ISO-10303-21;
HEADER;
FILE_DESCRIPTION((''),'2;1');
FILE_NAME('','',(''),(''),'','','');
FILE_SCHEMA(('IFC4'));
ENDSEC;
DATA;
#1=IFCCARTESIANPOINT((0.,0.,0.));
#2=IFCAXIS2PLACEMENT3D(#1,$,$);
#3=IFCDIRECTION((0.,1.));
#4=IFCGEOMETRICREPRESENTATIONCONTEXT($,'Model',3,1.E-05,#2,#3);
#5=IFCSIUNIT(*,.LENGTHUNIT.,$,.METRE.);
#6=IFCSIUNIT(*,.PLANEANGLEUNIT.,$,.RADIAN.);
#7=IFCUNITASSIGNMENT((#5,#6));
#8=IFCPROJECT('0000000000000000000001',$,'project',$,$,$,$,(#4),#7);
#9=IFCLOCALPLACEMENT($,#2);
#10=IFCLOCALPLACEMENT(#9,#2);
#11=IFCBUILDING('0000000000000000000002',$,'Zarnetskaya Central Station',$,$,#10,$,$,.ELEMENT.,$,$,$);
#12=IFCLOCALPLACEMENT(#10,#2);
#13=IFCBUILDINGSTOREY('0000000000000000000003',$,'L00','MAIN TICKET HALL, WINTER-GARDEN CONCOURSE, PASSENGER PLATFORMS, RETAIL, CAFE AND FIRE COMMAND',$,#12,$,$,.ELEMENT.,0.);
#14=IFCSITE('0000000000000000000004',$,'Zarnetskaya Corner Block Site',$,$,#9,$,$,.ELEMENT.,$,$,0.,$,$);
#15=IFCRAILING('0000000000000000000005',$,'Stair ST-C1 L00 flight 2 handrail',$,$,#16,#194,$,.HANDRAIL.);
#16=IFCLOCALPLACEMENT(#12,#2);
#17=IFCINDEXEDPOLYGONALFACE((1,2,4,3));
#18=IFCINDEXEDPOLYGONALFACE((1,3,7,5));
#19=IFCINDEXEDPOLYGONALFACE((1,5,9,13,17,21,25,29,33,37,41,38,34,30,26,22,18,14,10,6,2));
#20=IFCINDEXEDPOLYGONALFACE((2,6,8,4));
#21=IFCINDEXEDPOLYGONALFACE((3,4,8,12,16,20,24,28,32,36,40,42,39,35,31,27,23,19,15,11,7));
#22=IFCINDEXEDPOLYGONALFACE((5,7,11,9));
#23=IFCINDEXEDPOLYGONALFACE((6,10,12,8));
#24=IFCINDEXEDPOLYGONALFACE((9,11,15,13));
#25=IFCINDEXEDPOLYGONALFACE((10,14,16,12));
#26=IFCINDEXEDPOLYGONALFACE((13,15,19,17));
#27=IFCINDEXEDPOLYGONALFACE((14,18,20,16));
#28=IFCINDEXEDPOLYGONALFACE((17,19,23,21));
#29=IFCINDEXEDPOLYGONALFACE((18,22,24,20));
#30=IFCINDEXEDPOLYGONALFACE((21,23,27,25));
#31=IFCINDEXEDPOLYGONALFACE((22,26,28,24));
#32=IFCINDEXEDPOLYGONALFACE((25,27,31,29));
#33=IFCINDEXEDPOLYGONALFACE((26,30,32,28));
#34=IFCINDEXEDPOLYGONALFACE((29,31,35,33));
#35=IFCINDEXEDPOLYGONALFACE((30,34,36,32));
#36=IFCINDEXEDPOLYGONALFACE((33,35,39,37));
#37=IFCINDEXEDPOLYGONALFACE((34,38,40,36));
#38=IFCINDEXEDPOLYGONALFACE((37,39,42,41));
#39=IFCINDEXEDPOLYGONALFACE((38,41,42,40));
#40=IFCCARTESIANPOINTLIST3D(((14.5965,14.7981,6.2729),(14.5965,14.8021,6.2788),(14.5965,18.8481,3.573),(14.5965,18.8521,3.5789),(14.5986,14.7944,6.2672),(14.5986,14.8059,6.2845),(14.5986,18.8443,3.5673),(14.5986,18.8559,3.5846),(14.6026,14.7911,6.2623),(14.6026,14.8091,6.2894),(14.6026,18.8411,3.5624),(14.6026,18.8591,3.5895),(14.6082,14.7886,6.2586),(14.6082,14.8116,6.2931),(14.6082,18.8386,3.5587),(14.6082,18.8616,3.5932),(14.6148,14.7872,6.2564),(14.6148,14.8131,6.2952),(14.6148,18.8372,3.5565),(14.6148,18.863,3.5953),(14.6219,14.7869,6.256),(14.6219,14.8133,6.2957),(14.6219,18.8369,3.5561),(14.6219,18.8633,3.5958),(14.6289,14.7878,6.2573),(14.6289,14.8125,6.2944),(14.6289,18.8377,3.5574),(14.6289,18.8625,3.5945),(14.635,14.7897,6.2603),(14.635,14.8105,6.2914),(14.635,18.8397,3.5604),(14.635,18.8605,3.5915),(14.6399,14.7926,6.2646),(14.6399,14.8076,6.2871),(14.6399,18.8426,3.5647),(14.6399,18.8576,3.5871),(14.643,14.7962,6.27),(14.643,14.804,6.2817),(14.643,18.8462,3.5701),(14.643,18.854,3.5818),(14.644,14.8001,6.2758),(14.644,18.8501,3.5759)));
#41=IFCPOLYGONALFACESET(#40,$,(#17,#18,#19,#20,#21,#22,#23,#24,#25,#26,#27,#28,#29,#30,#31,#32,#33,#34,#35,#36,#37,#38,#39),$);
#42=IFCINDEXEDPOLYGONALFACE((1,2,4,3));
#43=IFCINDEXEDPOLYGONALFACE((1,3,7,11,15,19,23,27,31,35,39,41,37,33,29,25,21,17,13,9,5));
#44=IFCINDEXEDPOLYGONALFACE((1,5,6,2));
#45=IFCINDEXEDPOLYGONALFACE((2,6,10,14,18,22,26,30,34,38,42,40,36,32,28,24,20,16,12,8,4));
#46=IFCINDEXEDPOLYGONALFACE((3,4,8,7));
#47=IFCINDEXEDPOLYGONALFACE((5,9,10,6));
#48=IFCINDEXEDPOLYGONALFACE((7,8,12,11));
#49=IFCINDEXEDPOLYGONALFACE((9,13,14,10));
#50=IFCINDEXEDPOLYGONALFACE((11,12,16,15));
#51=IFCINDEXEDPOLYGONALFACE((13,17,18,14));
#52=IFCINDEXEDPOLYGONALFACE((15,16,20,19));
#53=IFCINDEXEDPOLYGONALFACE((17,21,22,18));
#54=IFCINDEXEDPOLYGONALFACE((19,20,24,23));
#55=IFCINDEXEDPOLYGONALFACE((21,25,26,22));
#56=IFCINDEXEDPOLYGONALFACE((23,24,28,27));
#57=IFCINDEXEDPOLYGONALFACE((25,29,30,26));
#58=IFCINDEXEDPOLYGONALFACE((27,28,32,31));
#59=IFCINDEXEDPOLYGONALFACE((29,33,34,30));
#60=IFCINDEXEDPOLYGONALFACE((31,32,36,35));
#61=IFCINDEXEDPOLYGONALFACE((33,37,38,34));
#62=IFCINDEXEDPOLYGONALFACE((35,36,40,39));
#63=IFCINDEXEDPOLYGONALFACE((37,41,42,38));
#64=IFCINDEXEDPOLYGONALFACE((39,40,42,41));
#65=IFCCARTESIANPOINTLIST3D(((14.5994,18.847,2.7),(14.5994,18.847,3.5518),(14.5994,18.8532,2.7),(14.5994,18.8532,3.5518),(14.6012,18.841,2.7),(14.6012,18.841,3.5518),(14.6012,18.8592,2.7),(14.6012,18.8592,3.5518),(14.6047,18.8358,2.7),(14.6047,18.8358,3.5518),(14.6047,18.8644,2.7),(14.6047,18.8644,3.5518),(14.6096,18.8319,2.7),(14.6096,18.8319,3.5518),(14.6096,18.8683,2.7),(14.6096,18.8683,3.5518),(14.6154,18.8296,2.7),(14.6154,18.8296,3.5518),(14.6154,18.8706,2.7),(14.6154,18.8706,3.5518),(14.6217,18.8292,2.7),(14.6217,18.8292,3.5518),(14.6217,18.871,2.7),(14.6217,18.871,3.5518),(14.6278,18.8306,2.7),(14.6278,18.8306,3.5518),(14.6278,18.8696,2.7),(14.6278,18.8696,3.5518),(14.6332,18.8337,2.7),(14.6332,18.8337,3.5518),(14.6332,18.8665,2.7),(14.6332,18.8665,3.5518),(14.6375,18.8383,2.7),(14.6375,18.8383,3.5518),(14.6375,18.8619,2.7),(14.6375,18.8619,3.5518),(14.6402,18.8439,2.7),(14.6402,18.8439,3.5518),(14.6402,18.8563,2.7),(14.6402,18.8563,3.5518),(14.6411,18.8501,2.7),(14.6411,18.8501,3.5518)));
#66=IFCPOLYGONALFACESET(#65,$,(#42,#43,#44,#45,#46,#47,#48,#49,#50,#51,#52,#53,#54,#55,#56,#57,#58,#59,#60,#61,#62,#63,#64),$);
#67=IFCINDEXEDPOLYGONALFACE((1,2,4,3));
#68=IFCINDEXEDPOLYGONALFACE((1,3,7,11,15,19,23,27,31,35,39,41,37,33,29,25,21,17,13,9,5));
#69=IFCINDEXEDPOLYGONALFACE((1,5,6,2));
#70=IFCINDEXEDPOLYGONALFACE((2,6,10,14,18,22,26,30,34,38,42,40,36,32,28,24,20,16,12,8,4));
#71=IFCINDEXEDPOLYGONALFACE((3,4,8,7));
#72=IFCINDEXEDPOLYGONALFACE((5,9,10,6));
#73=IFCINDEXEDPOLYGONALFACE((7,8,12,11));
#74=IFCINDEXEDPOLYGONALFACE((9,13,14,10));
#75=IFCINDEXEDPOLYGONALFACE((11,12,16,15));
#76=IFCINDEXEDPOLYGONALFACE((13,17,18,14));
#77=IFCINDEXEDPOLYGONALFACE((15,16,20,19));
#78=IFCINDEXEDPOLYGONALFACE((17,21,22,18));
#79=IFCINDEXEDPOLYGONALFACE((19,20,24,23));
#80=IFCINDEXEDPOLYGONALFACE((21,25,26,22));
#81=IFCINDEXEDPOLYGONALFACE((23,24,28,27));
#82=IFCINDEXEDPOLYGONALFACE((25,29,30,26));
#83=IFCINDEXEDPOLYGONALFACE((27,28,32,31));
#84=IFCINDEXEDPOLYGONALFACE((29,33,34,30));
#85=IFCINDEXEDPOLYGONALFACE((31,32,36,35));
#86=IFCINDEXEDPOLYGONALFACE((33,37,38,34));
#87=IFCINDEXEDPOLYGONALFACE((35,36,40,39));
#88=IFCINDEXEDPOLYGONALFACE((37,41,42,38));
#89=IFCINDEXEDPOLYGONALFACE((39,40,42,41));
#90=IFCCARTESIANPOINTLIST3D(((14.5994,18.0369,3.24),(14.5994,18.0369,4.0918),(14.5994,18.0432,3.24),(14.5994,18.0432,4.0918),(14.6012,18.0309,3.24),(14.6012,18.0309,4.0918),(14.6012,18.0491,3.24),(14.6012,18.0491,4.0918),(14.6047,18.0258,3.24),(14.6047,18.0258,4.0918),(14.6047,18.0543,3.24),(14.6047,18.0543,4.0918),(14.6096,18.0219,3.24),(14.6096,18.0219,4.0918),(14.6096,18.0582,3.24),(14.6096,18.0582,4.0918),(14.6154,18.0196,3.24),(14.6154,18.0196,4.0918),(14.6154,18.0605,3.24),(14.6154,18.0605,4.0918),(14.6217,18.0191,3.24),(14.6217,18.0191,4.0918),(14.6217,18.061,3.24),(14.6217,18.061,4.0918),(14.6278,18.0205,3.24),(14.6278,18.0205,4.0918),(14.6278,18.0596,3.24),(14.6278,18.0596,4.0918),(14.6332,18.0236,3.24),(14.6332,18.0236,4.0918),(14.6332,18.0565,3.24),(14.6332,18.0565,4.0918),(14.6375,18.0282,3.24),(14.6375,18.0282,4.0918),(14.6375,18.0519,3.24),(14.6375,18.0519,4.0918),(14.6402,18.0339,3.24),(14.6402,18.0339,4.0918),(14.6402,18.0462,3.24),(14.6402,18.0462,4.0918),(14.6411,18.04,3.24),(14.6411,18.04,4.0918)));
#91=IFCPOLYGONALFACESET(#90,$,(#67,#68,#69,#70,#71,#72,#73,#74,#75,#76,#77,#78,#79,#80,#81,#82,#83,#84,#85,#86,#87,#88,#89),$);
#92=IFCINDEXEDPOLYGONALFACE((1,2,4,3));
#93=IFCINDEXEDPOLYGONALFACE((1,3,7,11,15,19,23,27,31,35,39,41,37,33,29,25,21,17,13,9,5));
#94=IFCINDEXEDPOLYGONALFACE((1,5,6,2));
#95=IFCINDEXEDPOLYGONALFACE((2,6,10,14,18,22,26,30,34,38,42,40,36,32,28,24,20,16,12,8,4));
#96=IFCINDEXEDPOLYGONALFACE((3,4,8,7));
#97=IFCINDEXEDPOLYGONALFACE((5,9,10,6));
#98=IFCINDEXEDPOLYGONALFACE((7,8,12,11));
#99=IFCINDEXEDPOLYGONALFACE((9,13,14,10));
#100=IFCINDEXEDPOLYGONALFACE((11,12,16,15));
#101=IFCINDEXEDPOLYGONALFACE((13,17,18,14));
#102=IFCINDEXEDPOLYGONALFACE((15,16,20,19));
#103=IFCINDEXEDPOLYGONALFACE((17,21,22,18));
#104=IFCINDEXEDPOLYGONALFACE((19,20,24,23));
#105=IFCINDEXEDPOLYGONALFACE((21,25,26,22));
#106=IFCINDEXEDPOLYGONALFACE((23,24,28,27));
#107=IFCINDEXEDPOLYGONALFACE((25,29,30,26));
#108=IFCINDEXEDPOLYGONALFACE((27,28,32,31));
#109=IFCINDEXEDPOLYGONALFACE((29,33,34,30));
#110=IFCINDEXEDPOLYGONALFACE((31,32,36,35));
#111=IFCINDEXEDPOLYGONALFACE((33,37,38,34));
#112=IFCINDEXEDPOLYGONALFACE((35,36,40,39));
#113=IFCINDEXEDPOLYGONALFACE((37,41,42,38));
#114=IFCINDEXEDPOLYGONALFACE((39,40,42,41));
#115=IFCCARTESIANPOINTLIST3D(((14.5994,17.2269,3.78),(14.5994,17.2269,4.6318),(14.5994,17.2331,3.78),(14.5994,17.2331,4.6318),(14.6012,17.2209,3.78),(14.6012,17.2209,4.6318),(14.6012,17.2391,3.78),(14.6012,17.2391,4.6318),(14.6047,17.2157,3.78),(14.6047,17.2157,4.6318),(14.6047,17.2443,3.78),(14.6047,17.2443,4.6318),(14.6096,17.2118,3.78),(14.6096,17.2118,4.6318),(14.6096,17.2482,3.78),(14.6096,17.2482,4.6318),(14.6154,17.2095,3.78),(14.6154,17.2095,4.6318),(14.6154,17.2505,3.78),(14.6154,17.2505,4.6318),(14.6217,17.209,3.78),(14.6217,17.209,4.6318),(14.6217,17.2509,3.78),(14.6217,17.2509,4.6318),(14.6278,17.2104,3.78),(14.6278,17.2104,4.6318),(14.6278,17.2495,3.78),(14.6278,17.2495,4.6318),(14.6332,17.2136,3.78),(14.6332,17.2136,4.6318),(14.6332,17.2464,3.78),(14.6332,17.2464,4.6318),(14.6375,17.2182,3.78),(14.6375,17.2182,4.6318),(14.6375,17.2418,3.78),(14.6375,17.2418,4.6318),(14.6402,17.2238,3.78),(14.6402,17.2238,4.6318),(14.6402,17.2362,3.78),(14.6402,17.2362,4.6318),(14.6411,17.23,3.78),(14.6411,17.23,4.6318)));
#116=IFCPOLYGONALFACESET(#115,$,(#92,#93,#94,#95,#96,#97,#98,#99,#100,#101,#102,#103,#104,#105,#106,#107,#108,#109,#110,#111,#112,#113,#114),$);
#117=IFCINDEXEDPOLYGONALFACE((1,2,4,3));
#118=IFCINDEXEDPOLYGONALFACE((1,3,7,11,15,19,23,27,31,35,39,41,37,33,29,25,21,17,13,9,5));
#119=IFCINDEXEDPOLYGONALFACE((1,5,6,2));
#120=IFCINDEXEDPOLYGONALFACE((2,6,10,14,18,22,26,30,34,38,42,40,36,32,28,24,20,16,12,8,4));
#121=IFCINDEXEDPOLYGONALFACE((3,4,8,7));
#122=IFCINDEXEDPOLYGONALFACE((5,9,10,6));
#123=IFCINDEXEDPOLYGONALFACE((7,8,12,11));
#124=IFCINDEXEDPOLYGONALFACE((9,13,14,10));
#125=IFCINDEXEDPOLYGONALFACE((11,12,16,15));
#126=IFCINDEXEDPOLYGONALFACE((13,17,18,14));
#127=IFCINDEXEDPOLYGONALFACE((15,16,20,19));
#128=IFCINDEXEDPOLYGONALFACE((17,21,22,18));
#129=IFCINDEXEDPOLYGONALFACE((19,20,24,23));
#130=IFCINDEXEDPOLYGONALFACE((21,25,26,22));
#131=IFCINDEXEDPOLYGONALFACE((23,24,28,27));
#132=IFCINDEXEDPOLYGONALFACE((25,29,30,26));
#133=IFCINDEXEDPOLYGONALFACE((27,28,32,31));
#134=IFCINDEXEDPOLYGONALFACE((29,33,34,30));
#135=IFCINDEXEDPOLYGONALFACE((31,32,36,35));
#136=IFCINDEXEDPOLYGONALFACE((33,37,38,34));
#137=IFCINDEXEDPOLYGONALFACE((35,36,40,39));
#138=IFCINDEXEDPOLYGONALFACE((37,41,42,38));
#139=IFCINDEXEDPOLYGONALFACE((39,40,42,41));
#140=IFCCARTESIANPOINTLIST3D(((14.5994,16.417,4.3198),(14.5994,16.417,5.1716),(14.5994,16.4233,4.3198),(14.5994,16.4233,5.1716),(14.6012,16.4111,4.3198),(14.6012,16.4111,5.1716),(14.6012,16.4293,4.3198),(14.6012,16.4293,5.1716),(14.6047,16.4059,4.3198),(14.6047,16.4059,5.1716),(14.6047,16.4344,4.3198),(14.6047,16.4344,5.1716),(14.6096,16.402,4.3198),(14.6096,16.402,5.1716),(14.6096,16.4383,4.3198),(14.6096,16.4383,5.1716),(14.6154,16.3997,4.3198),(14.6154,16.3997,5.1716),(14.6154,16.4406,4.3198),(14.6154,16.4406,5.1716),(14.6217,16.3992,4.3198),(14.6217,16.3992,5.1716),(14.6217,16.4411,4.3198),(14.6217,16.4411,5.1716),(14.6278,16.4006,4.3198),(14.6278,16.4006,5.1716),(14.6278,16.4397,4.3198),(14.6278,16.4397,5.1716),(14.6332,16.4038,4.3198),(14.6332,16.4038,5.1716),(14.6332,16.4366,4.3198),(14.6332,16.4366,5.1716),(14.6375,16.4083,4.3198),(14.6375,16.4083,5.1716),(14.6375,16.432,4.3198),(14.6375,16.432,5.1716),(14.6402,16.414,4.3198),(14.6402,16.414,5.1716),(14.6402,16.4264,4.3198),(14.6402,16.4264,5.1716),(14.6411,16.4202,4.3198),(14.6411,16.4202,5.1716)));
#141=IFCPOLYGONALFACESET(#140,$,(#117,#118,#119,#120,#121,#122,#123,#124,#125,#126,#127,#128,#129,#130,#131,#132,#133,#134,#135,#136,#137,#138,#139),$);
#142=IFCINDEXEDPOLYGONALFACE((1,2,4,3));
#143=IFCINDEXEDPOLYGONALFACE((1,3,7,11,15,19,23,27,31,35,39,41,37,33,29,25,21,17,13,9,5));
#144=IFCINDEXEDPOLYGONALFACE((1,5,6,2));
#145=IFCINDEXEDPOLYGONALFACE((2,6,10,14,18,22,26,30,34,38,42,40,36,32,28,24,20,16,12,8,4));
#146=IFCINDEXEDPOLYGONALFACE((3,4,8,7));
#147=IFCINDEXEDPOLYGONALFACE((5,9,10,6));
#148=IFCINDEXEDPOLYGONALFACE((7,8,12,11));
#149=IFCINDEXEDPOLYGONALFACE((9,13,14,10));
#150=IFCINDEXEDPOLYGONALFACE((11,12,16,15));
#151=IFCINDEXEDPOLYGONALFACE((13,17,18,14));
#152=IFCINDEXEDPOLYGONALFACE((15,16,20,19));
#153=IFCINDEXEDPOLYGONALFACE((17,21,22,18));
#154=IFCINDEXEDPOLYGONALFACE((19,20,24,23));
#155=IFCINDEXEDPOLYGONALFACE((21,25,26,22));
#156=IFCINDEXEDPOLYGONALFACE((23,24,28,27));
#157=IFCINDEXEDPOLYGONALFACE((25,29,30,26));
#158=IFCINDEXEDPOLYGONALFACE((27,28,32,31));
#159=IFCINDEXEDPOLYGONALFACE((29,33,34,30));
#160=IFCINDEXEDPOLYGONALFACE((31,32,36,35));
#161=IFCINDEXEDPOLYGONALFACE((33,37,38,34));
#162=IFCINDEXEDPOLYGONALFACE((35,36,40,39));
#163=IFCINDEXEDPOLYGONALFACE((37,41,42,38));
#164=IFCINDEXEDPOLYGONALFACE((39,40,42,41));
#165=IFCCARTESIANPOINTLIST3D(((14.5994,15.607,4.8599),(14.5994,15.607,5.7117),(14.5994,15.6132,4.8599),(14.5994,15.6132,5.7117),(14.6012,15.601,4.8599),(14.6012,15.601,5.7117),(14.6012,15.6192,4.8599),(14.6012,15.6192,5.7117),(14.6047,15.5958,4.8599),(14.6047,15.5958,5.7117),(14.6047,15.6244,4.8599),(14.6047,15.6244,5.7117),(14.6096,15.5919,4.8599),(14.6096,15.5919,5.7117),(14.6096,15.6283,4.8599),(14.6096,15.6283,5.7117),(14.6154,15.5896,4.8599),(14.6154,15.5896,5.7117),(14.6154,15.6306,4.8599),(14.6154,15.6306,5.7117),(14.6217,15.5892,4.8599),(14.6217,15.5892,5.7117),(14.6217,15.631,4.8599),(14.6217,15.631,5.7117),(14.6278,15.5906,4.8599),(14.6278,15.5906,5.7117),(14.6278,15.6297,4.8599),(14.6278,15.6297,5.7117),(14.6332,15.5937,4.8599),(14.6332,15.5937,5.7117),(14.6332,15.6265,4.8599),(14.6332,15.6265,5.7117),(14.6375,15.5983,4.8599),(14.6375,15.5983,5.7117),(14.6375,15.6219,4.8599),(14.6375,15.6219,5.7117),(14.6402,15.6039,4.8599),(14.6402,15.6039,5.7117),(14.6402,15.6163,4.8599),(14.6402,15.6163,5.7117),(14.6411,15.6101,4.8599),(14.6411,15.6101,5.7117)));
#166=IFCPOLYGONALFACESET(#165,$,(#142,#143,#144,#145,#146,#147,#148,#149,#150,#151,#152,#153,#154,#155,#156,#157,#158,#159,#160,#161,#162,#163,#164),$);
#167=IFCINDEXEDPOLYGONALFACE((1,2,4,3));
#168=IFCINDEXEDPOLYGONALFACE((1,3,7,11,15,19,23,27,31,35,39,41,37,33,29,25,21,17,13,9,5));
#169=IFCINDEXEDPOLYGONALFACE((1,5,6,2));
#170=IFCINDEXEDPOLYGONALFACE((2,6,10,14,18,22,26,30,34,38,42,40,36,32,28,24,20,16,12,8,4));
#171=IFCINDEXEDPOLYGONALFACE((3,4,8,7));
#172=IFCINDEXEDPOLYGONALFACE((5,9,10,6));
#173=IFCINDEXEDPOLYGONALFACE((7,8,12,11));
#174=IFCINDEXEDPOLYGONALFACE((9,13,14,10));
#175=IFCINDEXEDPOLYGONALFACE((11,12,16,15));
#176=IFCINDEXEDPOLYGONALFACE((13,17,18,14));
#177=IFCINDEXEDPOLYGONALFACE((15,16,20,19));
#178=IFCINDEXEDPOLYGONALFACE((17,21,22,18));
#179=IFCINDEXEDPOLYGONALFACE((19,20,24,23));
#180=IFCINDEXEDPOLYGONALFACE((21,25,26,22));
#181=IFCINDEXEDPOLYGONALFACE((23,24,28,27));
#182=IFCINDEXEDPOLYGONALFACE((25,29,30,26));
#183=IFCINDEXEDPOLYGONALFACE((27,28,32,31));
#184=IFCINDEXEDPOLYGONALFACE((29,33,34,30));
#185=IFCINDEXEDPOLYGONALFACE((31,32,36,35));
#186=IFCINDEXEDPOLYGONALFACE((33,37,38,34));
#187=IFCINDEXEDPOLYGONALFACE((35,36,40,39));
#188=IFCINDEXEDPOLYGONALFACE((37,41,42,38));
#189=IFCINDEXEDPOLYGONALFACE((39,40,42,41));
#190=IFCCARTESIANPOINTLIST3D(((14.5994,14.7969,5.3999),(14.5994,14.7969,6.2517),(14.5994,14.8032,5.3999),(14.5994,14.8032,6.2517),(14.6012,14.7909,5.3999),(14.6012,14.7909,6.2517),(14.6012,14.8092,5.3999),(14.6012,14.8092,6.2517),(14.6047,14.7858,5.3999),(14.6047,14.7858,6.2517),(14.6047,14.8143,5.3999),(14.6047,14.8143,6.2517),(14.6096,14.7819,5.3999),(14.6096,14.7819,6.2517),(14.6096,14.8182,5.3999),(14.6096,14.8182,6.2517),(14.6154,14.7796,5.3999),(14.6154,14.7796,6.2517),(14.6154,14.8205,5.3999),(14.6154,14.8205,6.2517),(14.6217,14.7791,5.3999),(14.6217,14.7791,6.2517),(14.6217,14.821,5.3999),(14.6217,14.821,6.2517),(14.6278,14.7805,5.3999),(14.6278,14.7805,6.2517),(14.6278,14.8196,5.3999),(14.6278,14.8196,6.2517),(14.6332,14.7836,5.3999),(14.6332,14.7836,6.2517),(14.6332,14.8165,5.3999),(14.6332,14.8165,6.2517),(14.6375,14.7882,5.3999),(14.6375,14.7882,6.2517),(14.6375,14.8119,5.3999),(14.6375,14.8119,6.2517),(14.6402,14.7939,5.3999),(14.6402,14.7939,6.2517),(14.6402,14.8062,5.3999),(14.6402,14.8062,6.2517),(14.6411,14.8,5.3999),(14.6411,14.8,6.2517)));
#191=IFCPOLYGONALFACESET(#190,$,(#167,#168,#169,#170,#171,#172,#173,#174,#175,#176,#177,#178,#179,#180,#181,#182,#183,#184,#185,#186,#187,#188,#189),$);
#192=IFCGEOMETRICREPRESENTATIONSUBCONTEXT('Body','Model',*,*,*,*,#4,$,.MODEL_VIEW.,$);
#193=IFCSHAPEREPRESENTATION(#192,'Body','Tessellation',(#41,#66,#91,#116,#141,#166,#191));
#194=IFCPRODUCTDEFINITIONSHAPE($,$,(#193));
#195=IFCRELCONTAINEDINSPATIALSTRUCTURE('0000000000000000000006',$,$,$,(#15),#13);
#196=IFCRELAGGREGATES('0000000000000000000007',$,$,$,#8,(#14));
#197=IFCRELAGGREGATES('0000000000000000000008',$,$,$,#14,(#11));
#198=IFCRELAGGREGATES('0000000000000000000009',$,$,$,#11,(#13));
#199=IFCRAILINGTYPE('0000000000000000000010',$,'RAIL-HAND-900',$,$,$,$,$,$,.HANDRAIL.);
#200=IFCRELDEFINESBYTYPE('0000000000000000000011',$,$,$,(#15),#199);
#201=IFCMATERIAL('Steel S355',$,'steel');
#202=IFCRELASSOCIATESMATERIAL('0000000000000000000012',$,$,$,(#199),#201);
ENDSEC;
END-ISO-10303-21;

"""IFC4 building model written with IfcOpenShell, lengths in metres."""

from ifc_helpers import new_model, si_unit, direction, frame, origin, origin_2d, place, context, subcontext, project, spatial, circle, extrude, material, type_object, element, save


model = new_model("IFC4")

# Units and contexts
model_context = context("Model", 3, precision=1e-05, world=origin(), true_north=direction((0.0, 1.0)))
body_context = subcontext(model_context, "Body", "Model", "MODEL_VIEW")
ifc_project = project(units=[si_unit("LENGTHUNIT", "METRE"), si_unit("PLANEANGLEUNIT", "RADIAN")], contexts=[model_context])

# Site, building, storey
site_placement = place(None, origin())
site = spatial("IfcSite", under=ifc_project, at=site_placement, Name="Zarnetskaya Corner Block Site", CompositionType="ELEMENT", RefElevation=0.0)
building_placement = place(site_placement, origin())
building = spatial("IfcBuilding", under=site, at=building_placement, Name="Zarnetskaya Central Station", CompositionType="ELEMENT")
storey_placement = place(building_placement, origin())
storey = spatial("IfcBuildingStorey", under=building, at=storey_placement, Name="L00", Description="MAIN TICKET HALL, WINTER-GARDEN CONCOURSE, PASSENGER PLATFORMS, RETAIL, CAFE AND FIRE COMMAND", CompositionType="ELEMENT", Elevation=0.0)

# Shared definitions
ifc_material_1 = material(Name="Steel S355", Category="steel")

# Railing
railing_type_1 = type_object("IfcRailingType", Name="RAIL-HAND-900", PredefinedType="HANDRAIL", material=ifc_material_1)
railing_1_placement = place(storey_placement, frame((14.6201, 18.8501, 2.7)))
element("IfcRailing", 1, at=railing_1_placement, inside=storey, type_object=railing_type_1, Name="Stair ST-C1 L00 flight 2 handrail", PredefinedType="HANDRAIL", context=body_context, shape_type="SweptSolid", body=[
    extrude(circle(Radius=0.0239, at=origin_2d()), frame((0.0, 0.0, 0.876), z_axis=(0.0, -0.832058, 0.554689), x_axis=(1.0, 0.0, 0.0)), (0.0, 0.0, 1.0), 4.8674),
    extrude(circle(Radius=0.021, at=origin_2d()), origin(), (0.0, 0.0, 1.0), 0.8518),
    extrude(circle(Radius=0.021, at=origin_2d()), frame((0.0, -0.8101, 0.54)), (0.0, 0.0, 1.0), 0.8518),
    extrude(circle(Radius=0.021, at=origin_2d()), frame((0.0, -1.6201, 1.0801)), (0.0, 0.0, 1.0), 0.8518),
    extrude(circle(Radius=0.021, at=origin_2d()), frame((0.0, -2.4299, 1.6199)), (0.0, 0.0, 1.0), 0.8518),
    extrude(circle(Radius=0.021, at=origin_2d()), frame((0.0, -3.24, 2.1599)), (0.0, 0.0, 1.0), 0.8518),
    extrude(circle(Radius=0.021, at=origin_2d()), frame((0.0, -4.05, 2.7)), (0.0, 0.0, 1.0), 0.8518),
])

save(model, "model.ifc")
